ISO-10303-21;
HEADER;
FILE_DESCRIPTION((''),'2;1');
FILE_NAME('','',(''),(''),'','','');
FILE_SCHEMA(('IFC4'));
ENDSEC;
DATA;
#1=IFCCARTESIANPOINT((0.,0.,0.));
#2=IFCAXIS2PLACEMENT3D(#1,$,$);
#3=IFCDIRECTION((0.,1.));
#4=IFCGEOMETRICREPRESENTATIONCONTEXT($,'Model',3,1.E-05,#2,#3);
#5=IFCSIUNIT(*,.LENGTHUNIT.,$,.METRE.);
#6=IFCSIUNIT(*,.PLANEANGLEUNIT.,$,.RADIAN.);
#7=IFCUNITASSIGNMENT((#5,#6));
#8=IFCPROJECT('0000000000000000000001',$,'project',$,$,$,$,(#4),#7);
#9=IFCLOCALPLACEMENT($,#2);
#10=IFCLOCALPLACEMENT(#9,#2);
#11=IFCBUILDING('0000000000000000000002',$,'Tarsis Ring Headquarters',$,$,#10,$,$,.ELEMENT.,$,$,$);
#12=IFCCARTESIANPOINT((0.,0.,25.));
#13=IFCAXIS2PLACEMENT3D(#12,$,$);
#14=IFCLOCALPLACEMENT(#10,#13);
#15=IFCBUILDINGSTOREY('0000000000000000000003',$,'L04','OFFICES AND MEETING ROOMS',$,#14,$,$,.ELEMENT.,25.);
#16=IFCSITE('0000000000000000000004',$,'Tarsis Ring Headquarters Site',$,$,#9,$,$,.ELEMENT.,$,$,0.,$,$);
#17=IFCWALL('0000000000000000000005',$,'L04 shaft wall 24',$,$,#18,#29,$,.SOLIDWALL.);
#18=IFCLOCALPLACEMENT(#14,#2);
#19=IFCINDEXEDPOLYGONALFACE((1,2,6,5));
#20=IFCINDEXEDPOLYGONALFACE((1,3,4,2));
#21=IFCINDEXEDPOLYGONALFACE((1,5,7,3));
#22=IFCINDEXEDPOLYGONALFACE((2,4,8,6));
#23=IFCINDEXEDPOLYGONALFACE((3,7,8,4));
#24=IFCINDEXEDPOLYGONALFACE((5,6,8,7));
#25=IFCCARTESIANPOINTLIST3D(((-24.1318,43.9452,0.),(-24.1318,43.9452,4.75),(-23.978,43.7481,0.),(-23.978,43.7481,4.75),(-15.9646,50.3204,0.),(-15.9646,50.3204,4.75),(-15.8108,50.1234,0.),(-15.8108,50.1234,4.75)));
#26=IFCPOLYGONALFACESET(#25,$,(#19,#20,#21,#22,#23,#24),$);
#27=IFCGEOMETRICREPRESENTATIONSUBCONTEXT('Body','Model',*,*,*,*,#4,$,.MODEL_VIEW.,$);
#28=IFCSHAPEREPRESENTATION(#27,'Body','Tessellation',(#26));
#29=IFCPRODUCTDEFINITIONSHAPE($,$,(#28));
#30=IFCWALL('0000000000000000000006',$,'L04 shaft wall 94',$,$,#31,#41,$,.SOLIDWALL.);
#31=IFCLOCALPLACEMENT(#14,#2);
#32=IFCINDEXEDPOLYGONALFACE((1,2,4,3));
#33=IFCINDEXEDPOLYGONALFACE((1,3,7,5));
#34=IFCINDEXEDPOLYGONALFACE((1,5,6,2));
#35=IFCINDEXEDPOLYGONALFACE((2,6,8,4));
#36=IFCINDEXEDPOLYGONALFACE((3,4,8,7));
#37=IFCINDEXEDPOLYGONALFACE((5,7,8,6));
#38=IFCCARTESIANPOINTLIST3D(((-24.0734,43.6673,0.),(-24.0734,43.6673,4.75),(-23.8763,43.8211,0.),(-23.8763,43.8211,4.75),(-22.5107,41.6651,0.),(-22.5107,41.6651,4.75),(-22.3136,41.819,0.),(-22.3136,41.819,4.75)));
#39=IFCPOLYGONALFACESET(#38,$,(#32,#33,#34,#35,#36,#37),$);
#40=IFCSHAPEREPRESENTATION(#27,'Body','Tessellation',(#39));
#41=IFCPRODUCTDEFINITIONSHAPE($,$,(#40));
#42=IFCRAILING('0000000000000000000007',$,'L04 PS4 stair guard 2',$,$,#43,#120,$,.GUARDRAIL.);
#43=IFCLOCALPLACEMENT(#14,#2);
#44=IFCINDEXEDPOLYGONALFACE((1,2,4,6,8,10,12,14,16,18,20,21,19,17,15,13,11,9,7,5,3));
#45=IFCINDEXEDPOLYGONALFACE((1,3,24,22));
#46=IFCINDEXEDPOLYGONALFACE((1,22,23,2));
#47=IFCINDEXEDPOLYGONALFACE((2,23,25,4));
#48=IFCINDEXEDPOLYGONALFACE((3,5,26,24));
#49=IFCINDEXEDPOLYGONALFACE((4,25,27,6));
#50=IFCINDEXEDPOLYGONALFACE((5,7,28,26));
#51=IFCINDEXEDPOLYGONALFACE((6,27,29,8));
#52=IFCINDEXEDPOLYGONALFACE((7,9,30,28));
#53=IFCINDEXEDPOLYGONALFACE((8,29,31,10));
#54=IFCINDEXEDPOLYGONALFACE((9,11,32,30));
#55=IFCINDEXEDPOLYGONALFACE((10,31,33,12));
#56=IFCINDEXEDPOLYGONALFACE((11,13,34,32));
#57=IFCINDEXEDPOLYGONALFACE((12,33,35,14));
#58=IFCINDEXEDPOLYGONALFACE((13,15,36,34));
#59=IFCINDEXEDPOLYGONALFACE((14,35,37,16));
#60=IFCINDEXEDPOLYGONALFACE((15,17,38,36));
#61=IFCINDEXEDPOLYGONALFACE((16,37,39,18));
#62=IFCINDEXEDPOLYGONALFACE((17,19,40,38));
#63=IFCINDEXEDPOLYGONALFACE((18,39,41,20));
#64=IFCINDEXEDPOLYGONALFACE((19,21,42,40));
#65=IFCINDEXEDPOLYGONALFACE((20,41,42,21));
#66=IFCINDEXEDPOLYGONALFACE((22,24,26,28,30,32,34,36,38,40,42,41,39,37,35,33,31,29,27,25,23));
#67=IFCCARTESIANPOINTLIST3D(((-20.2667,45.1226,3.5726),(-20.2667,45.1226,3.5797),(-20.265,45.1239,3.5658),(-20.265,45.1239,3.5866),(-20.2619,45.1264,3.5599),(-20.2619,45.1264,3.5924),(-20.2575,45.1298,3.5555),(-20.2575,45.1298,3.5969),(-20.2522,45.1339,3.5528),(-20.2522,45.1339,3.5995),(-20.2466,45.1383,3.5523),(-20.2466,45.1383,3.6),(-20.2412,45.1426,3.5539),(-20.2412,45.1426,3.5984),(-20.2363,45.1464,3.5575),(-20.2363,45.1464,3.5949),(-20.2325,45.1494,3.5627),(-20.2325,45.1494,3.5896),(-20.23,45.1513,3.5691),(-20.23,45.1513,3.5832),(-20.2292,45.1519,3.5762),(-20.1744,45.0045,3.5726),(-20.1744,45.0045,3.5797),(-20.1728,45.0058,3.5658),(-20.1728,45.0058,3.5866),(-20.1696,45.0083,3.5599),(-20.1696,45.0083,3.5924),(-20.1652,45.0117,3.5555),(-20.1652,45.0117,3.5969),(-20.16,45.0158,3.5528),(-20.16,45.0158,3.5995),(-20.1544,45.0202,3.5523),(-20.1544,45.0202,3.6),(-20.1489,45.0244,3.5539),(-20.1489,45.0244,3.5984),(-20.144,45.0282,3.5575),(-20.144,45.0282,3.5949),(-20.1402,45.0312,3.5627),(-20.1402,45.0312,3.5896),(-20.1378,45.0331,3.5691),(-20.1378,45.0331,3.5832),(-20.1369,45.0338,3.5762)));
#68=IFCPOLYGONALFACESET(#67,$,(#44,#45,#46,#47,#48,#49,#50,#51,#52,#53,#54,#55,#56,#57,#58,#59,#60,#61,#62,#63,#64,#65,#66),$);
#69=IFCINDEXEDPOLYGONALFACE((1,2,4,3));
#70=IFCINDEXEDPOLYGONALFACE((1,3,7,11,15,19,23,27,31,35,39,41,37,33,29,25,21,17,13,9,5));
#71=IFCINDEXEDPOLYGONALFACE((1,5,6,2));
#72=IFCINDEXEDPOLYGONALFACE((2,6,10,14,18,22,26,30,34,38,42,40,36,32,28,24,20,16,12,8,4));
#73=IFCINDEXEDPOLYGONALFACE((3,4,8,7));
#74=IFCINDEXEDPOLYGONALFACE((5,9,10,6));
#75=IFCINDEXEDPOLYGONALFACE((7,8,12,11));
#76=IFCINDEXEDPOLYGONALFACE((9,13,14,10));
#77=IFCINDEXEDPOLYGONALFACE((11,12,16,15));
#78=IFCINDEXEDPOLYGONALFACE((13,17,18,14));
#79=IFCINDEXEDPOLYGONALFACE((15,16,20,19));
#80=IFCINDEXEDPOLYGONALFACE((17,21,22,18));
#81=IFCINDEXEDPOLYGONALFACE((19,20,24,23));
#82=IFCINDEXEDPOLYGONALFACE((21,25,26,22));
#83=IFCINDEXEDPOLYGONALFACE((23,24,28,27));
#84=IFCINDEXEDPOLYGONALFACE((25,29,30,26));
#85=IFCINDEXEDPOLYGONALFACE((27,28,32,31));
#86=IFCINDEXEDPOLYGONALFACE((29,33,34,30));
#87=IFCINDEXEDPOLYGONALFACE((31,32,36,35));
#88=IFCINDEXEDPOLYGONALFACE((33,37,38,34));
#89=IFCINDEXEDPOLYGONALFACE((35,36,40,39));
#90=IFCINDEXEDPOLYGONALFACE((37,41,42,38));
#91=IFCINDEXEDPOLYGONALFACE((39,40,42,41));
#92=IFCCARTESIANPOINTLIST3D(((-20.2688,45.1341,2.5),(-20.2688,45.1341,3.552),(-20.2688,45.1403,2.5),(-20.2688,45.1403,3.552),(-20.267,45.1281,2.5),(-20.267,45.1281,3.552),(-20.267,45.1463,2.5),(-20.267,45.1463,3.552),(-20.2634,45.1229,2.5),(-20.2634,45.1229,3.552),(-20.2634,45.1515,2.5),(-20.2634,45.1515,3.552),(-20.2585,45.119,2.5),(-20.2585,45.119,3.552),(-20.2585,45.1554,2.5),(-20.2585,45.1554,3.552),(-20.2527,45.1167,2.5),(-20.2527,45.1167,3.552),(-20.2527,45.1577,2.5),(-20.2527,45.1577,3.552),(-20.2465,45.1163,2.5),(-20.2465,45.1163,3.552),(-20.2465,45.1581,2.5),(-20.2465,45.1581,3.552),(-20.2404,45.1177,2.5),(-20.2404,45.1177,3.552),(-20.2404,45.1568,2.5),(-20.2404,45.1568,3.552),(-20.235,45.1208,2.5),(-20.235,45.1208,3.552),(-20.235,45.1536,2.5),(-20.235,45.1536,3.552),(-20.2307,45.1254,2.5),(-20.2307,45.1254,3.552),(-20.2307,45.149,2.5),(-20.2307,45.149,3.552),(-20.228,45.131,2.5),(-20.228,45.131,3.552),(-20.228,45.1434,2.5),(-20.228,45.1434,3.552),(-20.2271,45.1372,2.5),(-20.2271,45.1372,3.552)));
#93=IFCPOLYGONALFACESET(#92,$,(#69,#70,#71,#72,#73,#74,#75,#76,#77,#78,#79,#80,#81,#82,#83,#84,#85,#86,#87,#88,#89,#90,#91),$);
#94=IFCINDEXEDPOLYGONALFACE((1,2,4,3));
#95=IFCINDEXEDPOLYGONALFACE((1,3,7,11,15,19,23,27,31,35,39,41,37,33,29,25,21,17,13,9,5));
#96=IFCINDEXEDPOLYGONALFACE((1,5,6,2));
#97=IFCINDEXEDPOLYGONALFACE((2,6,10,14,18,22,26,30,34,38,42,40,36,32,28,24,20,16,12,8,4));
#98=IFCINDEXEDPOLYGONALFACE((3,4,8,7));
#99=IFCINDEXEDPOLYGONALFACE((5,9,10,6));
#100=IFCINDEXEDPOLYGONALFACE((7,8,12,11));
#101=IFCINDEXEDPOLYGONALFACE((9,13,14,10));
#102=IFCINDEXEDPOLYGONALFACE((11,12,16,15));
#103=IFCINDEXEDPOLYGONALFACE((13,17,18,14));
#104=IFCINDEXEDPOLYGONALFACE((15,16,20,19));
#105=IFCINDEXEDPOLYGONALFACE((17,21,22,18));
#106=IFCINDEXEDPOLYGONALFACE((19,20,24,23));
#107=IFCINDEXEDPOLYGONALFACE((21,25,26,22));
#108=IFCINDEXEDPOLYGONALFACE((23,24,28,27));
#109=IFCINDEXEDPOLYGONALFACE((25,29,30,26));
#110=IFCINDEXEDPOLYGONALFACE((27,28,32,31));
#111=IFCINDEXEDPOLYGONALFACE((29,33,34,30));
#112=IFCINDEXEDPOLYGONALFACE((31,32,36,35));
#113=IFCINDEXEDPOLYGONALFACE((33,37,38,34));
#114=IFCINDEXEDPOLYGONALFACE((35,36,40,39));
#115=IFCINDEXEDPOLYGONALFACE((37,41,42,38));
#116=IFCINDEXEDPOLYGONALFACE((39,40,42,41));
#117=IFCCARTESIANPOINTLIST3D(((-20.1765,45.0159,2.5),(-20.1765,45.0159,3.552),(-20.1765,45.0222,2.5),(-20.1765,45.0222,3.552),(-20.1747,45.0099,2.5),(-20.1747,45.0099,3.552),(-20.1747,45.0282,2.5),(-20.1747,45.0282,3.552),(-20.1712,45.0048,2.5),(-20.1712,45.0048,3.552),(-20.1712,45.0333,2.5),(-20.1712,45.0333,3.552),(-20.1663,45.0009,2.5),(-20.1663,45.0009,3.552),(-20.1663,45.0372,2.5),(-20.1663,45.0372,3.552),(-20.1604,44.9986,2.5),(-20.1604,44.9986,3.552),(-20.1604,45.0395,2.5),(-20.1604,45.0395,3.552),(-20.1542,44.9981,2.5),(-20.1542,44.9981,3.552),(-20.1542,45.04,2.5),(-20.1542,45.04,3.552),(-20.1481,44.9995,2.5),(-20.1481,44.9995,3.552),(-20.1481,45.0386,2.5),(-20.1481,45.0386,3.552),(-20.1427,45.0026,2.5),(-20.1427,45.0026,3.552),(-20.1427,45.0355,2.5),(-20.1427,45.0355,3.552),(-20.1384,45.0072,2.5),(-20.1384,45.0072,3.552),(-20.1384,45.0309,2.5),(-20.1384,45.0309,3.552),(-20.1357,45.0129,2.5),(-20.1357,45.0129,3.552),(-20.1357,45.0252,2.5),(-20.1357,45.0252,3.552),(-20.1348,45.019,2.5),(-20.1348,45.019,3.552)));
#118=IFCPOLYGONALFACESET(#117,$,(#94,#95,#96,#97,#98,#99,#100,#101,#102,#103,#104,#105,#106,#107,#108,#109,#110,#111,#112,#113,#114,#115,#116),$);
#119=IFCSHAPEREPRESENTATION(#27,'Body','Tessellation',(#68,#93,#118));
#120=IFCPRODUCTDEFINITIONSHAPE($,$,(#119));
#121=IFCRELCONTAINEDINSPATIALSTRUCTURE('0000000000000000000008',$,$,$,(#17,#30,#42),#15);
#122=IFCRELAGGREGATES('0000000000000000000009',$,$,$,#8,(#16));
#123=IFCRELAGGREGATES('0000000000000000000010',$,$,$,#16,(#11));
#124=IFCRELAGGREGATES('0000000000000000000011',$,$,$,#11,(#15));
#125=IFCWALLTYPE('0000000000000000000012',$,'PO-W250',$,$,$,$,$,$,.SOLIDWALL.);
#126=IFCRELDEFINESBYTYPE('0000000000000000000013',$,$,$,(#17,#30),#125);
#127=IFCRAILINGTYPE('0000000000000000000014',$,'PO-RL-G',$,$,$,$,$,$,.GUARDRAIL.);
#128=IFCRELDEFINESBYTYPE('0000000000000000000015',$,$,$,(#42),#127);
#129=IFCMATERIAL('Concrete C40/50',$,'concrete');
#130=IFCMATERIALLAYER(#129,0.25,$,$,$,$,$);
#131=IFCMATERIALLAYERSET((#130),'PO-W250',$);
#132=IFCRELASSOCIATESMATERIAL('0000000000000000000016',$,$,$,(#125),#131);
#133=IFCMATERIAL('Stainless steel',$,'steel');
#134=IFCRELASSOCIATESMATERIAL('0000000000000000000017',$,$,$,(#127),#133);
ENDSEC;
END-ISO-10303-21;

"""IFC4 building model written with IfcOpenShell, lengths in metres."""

from ifc_helpers import new_model, si_unit, direction, frame, frame_2d, origin, origin_2d, place, context, subcontext, project, spatial, rectangle, circle, extrude, material, layer, layer_set, type_object, element, save


model = new_model("IFC4")

# Units and contexts
model_context = context("Model", 3, precision=1e-05, world=origin(), true_north=direction((0.0, 1.0)))
body_context = subcontext(model_context, "Body", "Model", "MODEL_VIEW")
ifc_project = project(units=[si_unit("LENGTHUNIT", "METRE"), si_unit("PLANEANGLEUNIT", "RADIAN")], contexts=[model_context])

# Site, building, storey
site_placement = place(None, origin())
site = spatial("IfcSite", under=ifc_project, at=site_placement, Name="Tarsis Ring Headquarters Site", CompositionType="ELEMENT", RefElevation=0.0)
building_placement = place(site_placement, origin())
building = spatial("IfcBuilding", under=site, at=building_placement, Name="Tarsis Ring Headquarters", CompositionType="ELEMENT")
storey_placement = place(building_placement, frame((0.0, 0.0, 25.0)))
storey = spatial("IfcBuildingStorey", under=building, at=storey_placement, Name="L04", Description="OFFICES AND MEETING ROOMS", CompositionType="ELEMENT", Elevation=25.0)

# Shared definitions
ifc_material_1 = material(Name="Concrete C40/50", Category="concrete")

# Walls
ifc_layer_1 = layer(ifc_material_1, 0.25)
ifc_layer_set_1 = layer_set([ifc_layer_1], Name="PO-W250")
wall_type_1 = type_object("IfcWallType", Name="PO-W250", PredefinedType="SOLIDWALL", material=ifc_layer_set_1)
wall_1_placement = place(storey_placement, frame((-24.0549, 43.8467, 0.0), z_axis=(0.0, 0.0, 1.0), x_axis=(0.788278, 0.61532, 0.0)))
element("IfcWall", 1, at=wall_1_placement, inside=storey, type_object=wall_type_1, Name="L04 shaft wall 24", PredefinedType="SOLIDWALL", context=body_context, shape_type="SweptSolid", body=[
    extrude(rectangle(XDim=10.3608, YDim=0.25, at=frame_2d((5.1804, 0.0))), origin(), (0.0, 0.0, 1.0), 4.75),
])
wall_2_placement = place(storey_placement, frame((-22.4121, 41.7419, 0.0), z_axis=(0.0, 0.0, 1.0), x_axis=(-0.615284, 0.788306, 0.0)))
element("IfcWall", 2, at=wall_2_placement, inside=storey, type_object=wall_type_1, Name="L04 shaft wall 94", PredefinedType="SOLIDWALL", context=body_context, shape_type="SweptSolid", body=[
    extrude(rectangle(XDim=2.5398, YDim=0.25, at=frame_2d((1.27, 0.0))), origin(), (0.0, 0.0, 1.0), 4.75),
])

# Railing
ifc_material_2 = material(Name="Stainless steel", Category="steel")
railing_type_1 = type_object("IfcRailingType", Name="PO-RL-G", PredefinedType="GUARDRAIL", material=ifc_material_2)
railing_1_placement = place(storey_placement, frame((-20.248, 45.1372, 2.5)))
element("IfcRailing", 3, at=railing_1_placement, inside=storey, type_object=railing_type_1, Name="L04 PS4 stair guard 2", PredefinedType="GUARDRAIL", context=body_context, shape_type="SweptSolid", body=[
    extrude(circle(Radius=0.0239, at=origin_2d()), frame((0.0, 0.0, 1.0762), z_axis=(0.615518, -0.788123, 0.0), x_axis=(0.788123, 0.615518, 0.0)), (0.0, 0.0, 1.0), 0.1499),
    extrude(circle(Radius=0.021, at=origin_2d()), origin(), (0.0, 0.0, 1.0), 1.052),
    extrude(circle(Radius=0.021, at=origin_2d()), frame((0.0923, -0.1182, 0.0)), (0.0, 0.0, 1.0), 1.052),
])

save(model, "model.ifc")
